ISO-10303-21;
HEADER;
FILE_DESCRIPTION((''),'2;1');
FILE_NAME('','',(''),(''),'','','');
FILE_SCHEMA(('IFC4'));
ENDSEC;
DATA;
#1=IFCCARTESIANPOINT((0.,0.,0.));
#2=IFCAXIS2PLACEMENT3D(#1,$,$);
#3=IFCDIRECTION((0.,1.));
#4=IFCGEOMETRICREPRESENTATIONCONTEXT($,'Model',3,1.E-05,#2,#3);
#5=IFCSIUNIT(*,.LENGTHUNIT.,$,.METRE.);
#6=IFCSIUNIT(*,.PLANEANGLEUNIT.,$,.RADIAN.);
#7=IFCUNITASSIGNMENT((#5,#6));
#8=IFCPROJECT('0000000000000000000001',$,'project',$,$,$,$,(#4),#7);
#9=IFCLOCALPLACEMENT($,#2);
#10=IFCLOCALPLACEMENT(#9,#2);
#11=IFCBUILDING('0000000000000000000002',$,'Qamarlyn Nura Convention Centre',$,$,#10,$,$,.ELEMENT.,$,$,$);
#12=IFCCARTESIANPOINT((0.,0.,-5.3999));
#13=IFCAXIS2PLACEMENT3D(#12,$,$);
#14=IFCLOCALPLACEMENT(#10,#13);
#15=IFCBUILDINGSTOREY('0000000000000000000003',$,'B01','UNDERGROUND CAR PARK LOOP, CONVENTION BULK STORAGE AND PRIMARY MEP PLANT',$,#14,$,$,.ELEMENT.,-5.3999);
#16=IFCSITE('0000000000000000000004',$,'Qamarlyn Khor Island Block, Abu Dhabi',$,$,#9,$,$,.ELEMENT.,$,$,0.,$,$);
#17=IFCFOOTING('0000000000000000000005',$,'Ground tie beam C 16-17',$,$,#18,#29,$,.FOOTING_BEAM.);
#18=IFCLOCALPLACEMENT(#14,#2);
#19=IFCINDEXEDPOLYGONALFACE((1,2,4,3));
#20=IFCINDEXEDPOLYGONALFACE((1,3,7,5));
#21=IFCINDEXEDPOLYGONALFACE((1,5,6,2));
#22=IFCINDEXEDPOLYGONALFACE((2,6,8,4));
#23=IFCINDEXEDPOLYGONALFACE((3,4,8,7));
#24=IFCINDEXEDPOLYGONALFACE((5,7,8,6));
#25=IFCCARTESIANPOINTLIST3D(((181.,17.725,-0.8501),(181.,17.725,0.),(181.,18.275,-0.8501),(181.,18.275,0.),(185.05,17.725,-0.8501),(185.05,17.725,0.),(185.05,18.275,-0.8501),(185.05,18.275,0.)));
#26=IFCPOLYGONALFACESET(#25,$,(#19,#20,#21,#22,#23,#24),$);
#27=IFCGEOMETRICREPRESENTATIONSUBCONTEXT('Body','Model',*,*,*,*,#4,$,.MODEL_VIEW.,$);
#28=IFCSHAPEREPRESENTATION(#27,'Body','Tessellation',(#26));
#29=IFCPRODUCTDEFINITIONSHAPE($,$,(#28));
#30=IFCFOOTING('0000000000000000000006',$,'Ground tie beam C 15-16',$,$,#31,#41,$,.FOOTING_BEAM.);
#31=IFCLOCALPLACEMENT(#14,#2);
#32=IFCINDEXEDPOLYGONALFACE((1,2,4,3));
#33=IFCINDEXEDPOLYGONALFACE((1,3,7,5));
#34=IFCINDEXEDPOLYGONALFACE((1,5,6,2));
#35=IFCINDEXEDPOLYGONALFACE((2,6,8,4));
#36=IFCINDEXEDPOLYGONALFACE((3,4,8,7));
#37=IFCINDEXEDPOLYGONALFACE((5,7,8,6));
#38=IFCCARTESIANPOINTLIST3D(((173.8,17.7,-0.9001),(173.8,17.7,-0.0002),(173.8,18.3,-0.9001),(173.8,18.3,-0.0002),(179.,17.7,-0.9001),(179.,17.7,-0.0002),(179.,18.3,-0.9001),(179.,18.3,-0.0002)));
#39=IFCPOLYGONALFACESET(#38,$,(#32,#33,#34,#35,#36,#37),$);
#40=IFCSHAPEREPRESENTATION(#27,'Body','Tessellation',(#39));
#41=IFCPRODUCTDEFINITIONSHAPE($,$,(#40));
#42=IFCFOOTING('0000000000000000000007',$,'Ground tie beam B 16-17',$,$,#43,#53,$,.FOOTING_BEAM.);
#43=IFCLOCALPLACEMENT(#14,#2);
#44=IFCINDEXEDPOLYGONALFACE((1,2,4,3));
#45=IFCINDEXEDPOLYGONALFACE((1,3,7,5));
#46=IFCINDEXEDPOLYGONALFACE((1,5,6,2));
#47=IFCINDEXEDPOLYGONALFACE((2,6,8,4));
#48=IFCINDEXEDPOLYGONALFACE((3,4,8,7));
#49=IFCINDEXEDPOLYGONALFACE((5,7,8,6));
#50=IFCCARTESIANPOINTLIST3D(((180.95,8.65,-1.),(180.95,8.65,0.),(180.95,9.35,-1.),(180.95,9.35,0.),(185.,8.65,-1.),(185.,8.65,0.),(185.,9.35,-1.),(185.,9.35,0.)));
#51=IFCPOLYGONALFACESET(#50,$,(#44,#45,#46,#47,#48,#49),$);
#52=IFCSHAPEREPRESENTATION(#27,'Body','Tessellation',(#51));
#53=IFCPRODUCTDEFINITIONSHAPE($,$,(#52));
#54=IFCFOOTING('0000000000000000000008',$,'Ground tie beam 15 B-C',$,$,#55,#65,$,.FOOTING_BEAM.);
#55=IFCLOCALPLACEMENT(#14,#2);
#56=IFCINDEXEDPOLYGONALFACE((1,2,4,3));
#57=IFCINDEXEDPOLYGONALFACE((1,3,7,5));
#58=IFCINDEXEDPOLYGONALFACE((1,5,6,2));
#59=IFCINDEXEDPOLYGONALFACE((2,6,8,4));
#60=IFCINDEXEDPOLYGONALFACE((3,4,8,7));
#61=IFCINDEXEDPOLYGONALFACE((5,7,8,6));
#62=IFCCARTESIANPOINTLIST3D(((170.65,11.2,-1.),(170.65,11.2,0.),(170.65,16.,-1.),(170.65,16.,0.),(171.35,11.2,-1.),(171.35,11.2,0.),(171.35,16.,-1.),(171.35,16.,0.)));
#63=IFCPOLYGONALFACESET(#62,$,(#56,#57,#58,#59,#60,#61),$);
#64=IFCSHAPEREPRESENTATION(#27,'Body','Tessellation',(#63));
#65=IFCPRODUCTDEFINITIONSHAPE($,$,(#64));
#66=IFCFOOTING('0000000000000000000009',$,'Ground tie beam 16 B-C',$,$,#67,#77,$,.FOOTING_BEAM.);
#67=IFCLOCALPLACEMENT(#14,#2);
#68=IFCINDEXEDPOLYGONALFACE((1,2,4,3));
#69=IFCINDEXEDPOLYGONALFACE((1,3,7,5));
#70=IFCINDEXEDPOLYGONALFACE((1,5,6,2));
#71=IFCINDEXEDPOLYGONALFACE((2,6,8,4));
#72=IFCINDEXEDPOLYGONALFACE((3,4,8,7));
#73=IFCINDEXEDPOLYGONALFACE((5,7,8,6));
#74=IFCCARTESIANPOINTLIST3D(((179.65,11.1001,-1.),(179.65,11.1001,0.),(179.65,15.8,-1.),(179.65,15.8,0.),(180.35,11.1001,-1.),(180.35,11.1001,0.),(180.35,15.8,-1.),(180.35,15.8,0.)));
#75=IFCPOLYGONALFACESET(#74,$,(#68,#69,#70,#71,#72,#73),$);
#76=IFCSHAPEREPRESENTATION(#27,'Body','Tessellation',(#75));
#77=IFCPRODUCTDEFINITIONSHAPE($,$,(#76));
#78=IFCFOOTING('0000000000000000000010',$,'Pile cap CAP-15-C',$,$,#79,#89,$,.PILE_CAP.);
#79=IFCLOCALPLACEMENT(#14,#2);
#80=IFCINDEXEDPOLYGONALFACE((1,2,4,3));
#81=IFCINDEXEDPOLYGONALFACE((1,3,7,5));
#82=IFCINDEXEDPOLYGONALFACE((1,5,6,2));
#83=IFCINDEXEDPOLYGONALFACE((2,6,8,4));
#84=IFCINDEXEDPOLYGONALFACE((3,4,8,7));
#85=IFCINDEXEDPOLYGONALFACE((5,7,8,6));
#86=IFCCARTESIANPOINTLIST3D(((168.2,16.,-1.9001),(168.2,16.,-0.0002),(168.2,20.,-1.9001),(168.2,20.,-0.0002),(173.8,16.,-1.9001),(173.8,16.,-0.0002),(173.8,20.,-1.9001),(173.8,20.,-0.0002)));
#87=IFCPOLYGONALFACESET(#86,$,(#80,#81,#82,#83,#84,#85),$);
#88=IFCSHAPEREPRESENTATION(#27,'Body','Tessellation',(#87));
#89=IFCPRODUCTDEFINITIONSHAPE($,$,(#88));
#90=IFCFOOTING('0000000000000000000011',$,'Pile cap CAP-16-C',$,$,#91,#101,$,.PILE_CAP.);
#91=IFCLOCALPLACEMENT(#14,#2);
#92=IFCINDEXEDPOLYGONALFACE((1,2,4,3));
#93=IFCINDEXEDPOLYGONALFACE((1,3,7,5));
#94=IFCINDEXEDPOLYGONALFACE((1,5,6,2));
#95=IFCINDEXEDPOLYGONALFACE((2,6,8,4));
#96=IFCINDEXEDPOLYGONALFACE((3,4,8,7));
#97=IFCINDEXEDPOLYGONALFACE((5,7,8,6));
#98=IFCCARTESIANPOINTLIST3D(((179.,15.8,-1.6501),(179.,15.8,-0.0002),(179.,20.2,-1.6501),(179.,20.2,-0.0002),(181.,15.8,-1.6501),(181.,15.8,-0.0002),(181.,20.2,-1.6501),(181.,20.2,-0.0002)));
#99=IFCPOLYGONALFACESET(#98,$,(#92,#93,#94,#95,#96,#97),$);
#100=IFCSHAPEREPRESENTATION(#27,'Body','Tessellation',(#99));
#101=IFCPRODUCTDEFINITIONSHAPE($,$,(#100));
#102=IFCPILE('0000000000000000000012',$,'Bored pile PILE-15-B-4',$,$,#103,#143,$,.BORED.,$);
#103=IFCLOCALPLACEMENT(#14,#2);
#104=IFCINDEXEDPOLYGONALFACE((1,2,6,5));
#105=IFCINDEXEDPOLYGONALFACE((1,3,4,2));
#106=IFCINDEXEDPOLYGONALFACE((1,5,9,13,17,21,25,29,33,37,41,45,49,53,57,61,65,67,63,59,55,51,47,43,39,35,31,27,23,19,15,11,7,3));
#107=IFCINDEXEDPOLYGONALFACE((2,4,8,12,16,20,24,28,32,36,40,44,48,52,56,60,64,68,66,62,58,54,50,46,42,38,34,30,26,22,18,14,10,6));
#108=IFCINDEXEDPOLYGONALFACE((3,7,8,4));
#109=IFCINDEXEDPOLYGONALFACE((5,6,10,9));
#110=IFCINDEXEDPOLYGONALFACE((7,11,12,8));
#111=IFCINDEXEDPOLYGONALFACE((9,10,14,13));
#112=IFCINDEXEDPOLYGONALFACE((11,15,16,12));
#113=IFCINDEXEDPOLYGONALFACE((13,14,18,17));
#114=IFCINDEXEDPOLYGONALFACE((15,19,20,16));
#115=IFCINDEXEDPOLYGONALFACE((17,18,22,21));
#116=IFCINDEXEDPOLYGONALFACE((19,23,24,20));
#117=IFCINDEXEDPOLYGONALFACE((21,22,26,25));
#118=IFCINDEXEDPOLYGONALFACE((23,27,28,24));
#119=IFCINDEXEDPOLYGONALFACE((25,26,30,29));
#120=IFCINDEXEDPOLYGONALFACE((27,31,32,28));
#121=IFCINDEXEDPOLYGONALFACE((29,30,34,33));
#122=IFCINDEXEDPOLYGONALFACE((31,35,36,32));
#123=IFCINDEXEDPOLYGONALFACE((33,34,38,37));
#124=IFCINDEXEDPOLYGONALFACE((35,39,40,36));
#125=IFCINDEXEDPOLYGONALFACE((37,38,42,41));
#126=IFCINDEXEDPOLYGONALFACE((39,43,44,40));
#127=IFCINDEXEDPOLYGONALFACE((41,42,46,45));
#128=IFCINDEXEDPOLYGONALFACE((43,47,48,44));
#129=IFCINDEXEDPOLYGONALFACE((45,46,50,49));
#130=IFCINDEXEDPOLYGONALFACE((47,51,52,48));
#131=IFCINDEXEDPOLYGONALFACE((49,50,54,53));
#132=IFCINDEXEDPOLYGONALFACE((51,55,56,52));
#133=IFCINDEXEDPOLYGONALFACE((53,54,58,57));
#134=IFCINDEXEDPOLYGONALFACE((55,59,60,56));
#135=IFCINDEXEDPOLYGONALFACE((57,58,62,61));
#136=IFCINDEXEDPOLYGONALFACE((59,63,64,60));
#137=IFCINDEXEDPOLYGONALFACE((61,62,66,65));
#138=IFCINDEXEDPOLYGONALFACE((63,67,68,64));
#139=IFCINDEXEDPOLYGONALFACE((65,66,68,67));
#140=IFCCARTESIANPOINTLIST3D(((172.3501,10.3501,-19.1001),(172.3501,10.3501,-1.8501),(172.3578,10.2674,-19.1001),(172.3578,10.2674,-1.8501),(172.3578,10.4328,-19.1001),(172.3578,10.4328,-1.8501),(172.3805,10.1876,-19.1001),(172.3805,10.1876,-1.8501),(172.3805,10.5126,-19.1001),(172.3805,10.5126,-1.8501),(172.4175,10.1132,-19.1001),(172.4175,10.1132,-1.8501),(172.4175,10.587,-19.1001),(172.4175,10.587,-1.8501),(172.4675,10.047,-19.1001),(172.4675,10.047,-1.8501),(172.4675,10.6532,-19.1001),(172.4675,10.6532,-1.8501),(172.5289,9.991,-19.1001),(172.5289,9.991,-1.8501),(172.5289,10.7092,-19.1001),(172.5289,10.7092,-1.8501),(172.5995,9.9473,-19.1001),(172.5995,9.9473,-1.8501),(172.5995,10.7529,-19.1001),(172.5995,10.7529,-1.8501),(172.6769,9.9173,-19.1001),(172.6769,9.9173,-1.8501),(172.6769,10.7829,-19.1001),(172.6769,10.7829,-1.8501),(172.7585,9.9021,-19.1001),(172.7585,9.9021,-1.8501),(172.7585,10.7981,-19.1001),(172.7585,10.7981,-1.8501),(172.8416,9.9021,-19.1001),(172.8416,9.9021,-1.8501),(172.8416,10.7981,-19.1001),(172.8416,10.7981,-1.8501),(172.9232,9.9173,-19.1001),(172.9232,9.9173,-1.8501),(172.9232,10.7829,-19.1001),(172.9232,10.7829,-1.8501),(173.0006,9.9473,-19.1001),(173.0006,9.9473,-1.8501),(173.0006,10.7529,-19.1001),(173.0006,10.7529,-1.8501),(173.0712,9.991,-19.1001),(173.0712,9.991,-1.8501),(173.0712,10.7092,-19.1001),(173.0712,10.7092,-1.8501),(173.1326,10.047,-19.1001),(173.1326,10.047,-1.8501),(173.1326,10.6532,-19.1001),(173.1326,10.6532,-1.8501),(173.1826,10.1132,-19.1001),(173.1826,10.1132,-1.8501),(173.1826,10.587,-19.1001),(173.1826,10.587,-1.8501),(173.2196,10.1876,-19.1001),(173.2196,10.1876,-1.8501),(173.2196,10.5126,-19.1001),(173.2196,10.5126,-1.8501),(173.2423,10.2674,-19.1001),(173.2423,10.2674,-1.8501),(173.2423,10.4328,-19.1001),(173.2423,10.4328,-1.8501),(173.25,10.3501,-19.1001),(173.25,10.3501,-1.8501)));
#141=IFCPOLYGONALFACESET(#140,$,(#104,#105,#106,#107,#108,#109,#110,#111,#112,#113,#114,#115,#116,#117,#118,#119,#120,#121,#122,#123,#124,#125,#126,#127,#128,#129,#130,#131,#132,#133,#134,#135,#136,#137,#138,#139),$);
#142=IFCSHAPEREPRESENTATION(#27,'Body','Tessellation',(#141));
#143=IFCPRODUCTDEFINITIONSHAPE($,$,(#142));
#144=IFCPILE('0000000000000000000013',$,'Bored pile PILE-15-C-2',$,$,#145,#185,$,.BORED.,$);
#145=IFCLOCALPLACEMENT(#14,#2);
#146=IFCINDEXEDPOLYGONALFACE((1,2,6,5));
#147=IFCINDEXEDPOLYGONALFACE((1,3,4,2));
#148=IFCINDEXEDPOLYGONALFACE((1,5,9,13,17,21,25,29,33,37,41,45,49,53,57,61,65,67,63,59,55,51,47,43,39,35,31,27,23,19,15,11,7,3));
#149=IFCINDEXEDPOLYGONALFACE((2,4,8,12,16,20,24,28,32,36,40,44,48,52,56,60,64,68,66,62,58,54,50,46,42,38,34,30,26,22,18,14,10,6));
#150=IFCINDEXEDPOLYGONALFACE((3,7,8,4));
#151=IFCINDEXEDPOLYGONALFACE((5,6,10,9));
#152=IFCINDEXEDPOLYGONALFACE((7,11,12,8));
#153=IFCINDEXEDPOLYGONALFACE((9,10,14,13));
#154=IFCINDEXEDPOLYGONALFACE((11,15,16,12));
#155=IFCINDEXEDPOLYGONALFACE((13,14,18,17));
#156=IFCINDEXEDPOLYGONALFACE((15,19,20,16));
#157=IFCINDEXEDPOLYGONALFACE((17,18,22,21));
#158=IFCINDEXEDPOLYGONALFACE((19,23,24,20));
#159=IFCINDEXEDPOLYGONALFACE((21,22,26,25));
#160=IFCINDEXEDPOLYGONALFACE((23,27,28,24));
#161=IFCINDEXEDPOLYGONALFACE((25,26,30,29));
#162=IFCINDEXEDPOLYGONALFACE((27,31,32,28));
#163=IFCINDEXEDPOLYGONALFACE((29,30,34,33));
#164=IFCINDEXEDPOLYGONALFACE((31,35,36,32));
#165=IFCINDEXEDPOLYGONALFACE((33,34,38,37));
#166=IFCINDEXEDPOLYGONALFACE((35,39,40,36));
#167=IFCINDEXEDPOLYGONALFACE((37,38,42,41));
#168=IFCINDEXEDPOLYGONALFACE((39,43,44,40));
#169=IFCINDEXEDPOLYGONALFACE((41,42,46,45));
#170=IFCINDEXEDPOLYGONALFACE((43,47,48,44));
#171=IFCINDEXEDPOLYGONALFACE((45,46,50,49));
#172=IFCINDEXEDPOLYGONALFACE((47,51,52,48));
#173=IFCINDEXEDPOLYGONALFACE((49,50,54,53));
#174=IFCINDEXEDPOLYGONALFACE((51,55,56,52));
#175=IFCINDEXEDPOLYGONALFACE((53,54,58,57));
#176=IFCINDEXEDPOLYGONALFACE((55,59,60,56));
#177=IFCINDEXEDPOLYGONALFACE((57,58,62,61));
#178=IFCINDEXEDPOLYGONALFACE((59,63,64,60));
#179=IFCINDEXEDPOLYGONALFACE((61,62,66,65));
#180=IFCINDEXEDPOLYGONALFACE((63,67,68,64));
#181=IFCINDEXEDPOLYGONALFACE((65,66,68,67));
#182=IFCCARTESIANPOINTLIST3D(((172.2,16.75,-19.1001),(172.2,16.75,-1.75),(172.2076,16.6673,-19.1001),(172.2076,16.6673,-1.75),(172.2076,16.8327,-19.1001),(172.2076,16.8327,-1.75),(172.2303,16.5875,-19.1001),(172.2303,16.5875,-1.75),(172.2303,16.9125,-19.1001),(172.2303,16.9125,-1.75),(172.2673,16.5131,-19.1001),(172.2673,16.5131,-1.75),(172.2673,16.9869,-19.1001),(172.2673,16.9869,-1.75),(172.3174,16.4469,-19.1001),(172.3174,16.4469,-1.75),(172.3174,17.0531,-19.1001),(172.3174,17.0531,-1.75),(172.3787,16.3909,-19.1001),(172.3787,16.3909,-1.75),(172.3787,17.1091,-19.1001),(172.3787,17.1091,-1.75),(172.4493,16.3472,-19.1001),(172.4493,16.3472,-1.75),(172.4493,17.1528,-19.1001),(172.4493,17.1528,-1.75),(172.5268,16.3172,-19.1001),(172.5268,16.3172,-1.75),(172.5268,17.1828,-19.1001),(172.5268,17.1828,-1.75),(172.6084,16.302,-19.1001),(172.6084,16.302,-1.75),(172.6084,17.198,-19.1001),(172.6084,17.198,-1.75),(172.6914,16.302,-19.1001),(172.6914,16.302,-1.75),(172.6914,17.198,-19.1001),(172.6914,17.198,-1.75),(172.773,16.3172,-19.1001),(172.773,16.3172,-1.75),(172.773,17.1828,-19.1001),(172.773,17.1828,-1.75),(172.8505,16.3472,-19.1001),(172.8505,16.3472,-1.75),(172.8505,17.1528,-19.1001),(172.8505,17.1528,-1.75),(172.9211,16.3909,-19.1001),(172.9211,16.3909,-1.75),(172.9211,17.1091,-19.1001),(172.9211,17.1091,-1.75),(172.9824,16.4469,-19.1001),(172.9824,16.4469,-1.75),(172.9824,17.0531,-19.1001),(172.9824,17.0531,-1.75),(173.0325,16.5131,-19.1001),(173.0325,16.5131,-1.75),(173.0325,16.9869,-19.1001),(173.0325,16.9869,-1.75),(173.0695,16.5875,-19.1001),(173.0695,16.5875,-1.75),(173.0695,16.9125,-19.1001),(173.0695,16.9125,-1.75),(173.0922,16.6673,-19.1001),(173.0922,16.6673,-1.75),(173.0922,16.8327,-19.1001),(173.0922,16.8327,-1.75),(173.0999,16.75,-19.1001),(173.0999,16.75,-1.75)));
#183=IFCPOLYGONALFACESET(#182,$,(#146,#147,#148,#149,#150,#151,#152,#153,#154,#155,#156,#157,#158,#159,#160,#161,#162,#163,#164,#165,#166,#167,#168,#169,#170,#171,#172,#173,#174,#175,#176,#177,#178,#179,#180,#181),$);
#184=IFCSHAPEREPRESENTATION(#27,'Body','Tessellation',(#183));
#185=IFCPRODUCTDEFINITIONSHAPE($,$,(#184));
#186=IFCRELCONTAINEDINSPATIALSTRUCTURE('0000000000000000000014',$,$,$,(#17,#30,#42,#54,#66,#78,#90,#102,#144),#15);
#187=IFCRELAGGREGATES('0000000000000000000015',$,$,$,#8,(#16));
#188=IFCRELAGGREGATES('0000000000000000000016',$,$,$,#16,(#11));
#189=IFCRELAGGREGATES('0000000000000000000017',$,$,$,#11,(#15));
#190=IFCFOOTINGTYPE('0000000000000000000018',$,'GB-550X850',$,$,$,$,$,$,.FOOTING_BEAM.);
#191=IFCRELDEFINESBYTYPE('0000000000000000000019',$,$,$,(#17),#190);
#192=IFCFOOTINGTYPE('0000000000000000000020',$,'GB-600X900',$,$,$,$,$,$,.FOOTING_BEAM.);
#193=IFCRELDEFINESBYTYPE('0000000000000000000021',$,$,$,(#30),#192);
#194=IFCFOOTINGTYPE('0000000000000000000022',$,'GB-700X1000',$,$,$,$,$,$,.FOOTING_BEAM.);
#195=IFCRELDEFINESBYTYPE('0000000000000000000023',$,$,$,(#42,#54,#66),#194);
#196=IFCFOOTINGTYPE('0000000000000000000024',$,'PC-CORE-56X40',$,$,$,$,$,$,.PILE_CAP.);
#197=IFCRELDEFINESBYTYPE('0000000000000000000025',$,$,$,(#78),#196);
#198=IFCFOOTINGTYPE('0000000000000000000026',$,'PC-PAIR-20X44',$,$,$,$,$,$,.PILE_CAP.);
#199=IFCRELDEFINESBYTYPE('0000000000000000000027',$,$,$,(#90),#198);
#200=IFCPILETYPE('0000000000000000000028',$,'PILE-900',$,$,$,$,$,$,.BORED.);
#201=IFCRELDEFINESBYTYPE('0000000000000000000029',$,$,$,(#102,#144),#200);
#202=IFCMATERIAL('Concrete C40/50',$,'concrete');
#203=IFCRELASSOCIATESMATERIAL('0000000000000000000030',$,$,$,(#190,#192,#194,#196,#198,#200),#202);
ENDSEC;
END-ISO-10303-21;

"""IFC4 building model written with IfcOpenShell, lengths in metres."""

from ifc_helpers import new_model, si_unit, direction, frame, origin, origin_2d, place, context, subcontext, project, spatial, rectangle, circle, extrude, material, material_profile, profile_set, type_object, element, save


model = new_model("IFC4")

# Units and contexts
model_context = context("Model", 3, precision=1e-05, world=origin(), true_north=direction((0.0, 1.0)))
body_context = subcontext(model_context, "Body", "Model", "MODEL_VIEW")
ifc_project = project(units=[si_unit("LENGTHUNIT", "METRE"), si_unit("PLANEANGLEUNIT", "RADIAN")], contexts=[model_context])

# Site, building, storey
site_placement = place(None, origin())
site = spatial("IfcSite", under=ifc_project, at=site_placement, Name="Qamarlyn Khor Island Block, Abu Dhabi", CompositionType="ELEMENT", RefElevation=0.0)
building_placement = place(site_placement, origin())
building = spatial("IfcBuilding", under=site, at=building_placement, Name="Qamarlyn Nura Convention Centre", CompositionType="ELEMENT")
storey_placement = place(building_placement, frame((0.0, 0.0, -5.3999)))
storey = spatial("IfcBuildingStorey", under=building, at=storey_placement, Name="B01", Description="UNDERGROUND CAR PARK LOOP, CONVENTION BULK STORAGE AND PRIMARY MEP PLANT", CompositionType="ELEMENT", Elevation=-5.3999)

# Footings
ifc_material_1 = material(Name="Concrete C40/50", Category="concrete")
ifc_material_profile_1 = material_profile(ifc_material_1, rectangle(XDim=0.55, YDim=0.8501, at=origin_2d()), Name="RC GB 550x850")
ifc_profile_set_1 = profile_set([ifc_material_profile_1], Name="Concrete C40/50")
footing_type_1 = type_object("IfcFootingType", Name="GB-550X850", PredefinedType="FOOTING_BEAM", material=ifc_profile_set_1)
footing_1_placement = place(storey_placement, frame((181.0, 18.0, -0.425), z_axis=(1.0, 0.0, 0.0), x_axis=(0.0, 1.0, 0.0)))
element("IfcFooting", 1, at=footing_1_placement, inside=storey, type_object=footing_type_1, Name="Ground tie beam C 16-17", PredefinedType="FOOTING_BEAM", context=body_context, shape_type="SweptSolid", body=[
    extrude(rectangle(XDim=0.55, YDim=0.8501, at=origin_2d()), origin(), (0.0, 0.0, 1.0), 4.05),
])
ifc_material_profile_2 = material_profile(ifc_material_1, rectangle(XDim=0.6001, YDim=0.8999, at=origin_2d()), Name="RC GB 600x900")
ifc_profile_set_2 = profile_set([ifc_material_profile_2], Name="Concrete C40/50")
footing_type_2 = type_object("IfcFootingType", Name="GB-600X900", PredefinedType="FOOTING_BEAM", material=ifc_profile_set_2)
footing_2_placement = place(storey_placement, frame((173.8, 18.0, -0.4502), z_axis=(1.0, 0.0, 0.0), x_axis=(0.0, 1.0, 0.0)))
element("IfcFooting", 2, at=footing_2_placement, inside=storey, type_object=footing_type_2, Name="Ground tie beam C 15-16", PredefinedType="FOOTING_BEAM", context=body_context, shape_type="SweptSolid", body=[
    extrude(rectangle(XDim=0.6001, YDim=0.8999, at=origin_2d()), origin(), (0.0, 0.0, 1.0), 5.2),
])
ifc_material_profile_3 = material_profile(ifc_material_1, rectangle(XDim=0.7, YDim=1.0, at=origin_2d()), Name="RC GB 700x1000")
ifc_profile_set_3 = profile_set([ifc_material_profile_3], Name="Concrete C40/50")
footing_type_3 = type_object("IfcFootingType", Name="GB-700X1000", PredefinedType="FOOTING_BEAM", material=ifc_profile_set_3)
footing_3_placement = place(storey_placement, frame((180.95, 9.0, -0.5), z_axis=(1.0, 0.0, 0.0), x_axis=(0.0, 1.0, 0.0)))
element("IfcFooting", 3, at=footing_3_placement, inside=storey, type_object=footing_type_3, Name="Ground tie beam B 16-17", PredefinedType="FOOTING_BEAM", context=body_context, shape_type="SweptSolid", body=[
    extrude(rectangle(XDim=0.7, YDim=1.0, at=origin_2d()), origin(), (0.0, 0.0, 1.0), 4.05),
])
footing_4_placement = place(storey_placement, frame((171.0, 11.2, -0.5), z_axis=(0.0, 1.0, 0.0), x_axis=(-1.0, 0.0, 0.0)))
element("IfcFooting", 4, at=footing_4_placement, inside=storey, type_object=footing_type_3, Name="Ground tie beam 15 B-C", PredefinedType="FOOTING_BEAM", context=body_context, shape_type="SweptSolid", body=[
    extrude(rectangle(XDim=0.7, YDim=1.0, at=origin_2d()), origin(), (0.0, 0.0, 1.0), 4.8),
])
footing_5_placement = place(storey_placement, frame((180.0, 11.1001, -0.5), z_axis=(0.0, 1.0, 0.0), x_axis=(-1.0, 0.0, 0.0)))
element("IfcFooting", 5, at=footing_5_placement, inside=storey, type_object=footing_type_3, Name="Ground tie beam 16 B-C", PredefinedType="FOOTING_BEAM", context=body_context, shape_type="SweptSolid", body=[
    extrude(rectangle(XDim=0.7, YDim=1.0, at=origin_2d()), origin(), (0.0, 0.0, 1.0), 4.7),
])
footing_type_4 = type_object("IfcFootingType", Name="PC-CORE-56X40", PredefinedType="PILE_CAP", material=ifc_material_1)
footing_6_placement = place(storey_placement, frame((171.0, 18.0, -1.9001), z_axis=(0.0, 0.0, 1.0), x_axis=(1.0, 0.0, 0.0)))
element("IfcFooting", 6, at=footing_6_placement, inside=storey, type_object=footing_type_4, Name="Pile cap CAP-15-C", PredefinedType="PILE_CAP", context=body_context, shape_type="SweptSolid", body=[
    extrude(rectangle(XDim=5.6001, YDim=4.0, at=origin_2d()), origin(), (0.0, 0.0, 1.0), 1.8999),
])
footing_type_5 = type_object("IfcFootingType", Name="PC-PAIR-20X44", PredefinedType="PILE_CAP", material=ifc_material_1)
footing_7_placement = place(storey_placement, frame((180.0, 18.0, -1.6501), z_axis=(0.0, 0.0, 1.0), x_axis=(1.0, 0.0, 0.0)))
element("IfcFooting", 7, at=footing_7_placement, inside=storey, type_object=footing_type_5, Name="Pile cap CAP-16-C", PredefinedType="PILE_CAP", context=body_context, shape_type="SweptSolid", body=[
    extrude(rectangle(XDim=2.0, YDim=4.3999, at=origin_2d()), origin(), (0.0, 0.0, 1.0), 1.6499),
])

# Piles
ifc_material_profile_4 = material_profile(ifc_material_1, circle(Radius=0.45, at=origin_2d()), Name="BORED PILE 900")
ifc_profile_set_4 = profile_set([ifc_material_profile_4], Name="Concrete C40/50")
pile_type = type_object("IfcPileType", Name="PILE-900", PredefinedType="BORED", material=ifc_profile_set_4)
pile_1_placement = place(storey_placement, frame((172.8, 10.3501, -1.8501), z_axis=(0.0, 0.0, -1.0), x_axis=(1.0, 0.0, 0.0)))
element("IfcPile", 8, at=pile_1_placement, inside=storey, type_object=pile_type, Name="Bored pile PILE-15-B-4", PredefinedType="BORED", context=body_context, shape_type="SweptSolid", body=[
    extrude(circle(Radius=0.45, at=origin_2d()), origin(), (0.0, 0.0, 1.0), 17.25),
])
for number, where, z_axis, x_axis, name in (
    (9, (172.6499, 16.75, -1.75), (0.0, 0.0, -1.0), (1.0, 0.0, 0.0), "Bored pile PILE-15-C-2"),
):
    element("IfcPile", number, at=place(storey_placement, frame(where, z_axis=z_axis, x_axis=x_axis)), inside=storey, type_object=pile_type, Name=name, PredefinedType="BORED", context=body_context, shape_type="SweptSolid", body=[
        extrude(circle(Radius=0.45, at=origin_2d()), origin(), (0.0, 0.0, 1.0), 17.3501),
    ])

save(model, "model.ifc")
